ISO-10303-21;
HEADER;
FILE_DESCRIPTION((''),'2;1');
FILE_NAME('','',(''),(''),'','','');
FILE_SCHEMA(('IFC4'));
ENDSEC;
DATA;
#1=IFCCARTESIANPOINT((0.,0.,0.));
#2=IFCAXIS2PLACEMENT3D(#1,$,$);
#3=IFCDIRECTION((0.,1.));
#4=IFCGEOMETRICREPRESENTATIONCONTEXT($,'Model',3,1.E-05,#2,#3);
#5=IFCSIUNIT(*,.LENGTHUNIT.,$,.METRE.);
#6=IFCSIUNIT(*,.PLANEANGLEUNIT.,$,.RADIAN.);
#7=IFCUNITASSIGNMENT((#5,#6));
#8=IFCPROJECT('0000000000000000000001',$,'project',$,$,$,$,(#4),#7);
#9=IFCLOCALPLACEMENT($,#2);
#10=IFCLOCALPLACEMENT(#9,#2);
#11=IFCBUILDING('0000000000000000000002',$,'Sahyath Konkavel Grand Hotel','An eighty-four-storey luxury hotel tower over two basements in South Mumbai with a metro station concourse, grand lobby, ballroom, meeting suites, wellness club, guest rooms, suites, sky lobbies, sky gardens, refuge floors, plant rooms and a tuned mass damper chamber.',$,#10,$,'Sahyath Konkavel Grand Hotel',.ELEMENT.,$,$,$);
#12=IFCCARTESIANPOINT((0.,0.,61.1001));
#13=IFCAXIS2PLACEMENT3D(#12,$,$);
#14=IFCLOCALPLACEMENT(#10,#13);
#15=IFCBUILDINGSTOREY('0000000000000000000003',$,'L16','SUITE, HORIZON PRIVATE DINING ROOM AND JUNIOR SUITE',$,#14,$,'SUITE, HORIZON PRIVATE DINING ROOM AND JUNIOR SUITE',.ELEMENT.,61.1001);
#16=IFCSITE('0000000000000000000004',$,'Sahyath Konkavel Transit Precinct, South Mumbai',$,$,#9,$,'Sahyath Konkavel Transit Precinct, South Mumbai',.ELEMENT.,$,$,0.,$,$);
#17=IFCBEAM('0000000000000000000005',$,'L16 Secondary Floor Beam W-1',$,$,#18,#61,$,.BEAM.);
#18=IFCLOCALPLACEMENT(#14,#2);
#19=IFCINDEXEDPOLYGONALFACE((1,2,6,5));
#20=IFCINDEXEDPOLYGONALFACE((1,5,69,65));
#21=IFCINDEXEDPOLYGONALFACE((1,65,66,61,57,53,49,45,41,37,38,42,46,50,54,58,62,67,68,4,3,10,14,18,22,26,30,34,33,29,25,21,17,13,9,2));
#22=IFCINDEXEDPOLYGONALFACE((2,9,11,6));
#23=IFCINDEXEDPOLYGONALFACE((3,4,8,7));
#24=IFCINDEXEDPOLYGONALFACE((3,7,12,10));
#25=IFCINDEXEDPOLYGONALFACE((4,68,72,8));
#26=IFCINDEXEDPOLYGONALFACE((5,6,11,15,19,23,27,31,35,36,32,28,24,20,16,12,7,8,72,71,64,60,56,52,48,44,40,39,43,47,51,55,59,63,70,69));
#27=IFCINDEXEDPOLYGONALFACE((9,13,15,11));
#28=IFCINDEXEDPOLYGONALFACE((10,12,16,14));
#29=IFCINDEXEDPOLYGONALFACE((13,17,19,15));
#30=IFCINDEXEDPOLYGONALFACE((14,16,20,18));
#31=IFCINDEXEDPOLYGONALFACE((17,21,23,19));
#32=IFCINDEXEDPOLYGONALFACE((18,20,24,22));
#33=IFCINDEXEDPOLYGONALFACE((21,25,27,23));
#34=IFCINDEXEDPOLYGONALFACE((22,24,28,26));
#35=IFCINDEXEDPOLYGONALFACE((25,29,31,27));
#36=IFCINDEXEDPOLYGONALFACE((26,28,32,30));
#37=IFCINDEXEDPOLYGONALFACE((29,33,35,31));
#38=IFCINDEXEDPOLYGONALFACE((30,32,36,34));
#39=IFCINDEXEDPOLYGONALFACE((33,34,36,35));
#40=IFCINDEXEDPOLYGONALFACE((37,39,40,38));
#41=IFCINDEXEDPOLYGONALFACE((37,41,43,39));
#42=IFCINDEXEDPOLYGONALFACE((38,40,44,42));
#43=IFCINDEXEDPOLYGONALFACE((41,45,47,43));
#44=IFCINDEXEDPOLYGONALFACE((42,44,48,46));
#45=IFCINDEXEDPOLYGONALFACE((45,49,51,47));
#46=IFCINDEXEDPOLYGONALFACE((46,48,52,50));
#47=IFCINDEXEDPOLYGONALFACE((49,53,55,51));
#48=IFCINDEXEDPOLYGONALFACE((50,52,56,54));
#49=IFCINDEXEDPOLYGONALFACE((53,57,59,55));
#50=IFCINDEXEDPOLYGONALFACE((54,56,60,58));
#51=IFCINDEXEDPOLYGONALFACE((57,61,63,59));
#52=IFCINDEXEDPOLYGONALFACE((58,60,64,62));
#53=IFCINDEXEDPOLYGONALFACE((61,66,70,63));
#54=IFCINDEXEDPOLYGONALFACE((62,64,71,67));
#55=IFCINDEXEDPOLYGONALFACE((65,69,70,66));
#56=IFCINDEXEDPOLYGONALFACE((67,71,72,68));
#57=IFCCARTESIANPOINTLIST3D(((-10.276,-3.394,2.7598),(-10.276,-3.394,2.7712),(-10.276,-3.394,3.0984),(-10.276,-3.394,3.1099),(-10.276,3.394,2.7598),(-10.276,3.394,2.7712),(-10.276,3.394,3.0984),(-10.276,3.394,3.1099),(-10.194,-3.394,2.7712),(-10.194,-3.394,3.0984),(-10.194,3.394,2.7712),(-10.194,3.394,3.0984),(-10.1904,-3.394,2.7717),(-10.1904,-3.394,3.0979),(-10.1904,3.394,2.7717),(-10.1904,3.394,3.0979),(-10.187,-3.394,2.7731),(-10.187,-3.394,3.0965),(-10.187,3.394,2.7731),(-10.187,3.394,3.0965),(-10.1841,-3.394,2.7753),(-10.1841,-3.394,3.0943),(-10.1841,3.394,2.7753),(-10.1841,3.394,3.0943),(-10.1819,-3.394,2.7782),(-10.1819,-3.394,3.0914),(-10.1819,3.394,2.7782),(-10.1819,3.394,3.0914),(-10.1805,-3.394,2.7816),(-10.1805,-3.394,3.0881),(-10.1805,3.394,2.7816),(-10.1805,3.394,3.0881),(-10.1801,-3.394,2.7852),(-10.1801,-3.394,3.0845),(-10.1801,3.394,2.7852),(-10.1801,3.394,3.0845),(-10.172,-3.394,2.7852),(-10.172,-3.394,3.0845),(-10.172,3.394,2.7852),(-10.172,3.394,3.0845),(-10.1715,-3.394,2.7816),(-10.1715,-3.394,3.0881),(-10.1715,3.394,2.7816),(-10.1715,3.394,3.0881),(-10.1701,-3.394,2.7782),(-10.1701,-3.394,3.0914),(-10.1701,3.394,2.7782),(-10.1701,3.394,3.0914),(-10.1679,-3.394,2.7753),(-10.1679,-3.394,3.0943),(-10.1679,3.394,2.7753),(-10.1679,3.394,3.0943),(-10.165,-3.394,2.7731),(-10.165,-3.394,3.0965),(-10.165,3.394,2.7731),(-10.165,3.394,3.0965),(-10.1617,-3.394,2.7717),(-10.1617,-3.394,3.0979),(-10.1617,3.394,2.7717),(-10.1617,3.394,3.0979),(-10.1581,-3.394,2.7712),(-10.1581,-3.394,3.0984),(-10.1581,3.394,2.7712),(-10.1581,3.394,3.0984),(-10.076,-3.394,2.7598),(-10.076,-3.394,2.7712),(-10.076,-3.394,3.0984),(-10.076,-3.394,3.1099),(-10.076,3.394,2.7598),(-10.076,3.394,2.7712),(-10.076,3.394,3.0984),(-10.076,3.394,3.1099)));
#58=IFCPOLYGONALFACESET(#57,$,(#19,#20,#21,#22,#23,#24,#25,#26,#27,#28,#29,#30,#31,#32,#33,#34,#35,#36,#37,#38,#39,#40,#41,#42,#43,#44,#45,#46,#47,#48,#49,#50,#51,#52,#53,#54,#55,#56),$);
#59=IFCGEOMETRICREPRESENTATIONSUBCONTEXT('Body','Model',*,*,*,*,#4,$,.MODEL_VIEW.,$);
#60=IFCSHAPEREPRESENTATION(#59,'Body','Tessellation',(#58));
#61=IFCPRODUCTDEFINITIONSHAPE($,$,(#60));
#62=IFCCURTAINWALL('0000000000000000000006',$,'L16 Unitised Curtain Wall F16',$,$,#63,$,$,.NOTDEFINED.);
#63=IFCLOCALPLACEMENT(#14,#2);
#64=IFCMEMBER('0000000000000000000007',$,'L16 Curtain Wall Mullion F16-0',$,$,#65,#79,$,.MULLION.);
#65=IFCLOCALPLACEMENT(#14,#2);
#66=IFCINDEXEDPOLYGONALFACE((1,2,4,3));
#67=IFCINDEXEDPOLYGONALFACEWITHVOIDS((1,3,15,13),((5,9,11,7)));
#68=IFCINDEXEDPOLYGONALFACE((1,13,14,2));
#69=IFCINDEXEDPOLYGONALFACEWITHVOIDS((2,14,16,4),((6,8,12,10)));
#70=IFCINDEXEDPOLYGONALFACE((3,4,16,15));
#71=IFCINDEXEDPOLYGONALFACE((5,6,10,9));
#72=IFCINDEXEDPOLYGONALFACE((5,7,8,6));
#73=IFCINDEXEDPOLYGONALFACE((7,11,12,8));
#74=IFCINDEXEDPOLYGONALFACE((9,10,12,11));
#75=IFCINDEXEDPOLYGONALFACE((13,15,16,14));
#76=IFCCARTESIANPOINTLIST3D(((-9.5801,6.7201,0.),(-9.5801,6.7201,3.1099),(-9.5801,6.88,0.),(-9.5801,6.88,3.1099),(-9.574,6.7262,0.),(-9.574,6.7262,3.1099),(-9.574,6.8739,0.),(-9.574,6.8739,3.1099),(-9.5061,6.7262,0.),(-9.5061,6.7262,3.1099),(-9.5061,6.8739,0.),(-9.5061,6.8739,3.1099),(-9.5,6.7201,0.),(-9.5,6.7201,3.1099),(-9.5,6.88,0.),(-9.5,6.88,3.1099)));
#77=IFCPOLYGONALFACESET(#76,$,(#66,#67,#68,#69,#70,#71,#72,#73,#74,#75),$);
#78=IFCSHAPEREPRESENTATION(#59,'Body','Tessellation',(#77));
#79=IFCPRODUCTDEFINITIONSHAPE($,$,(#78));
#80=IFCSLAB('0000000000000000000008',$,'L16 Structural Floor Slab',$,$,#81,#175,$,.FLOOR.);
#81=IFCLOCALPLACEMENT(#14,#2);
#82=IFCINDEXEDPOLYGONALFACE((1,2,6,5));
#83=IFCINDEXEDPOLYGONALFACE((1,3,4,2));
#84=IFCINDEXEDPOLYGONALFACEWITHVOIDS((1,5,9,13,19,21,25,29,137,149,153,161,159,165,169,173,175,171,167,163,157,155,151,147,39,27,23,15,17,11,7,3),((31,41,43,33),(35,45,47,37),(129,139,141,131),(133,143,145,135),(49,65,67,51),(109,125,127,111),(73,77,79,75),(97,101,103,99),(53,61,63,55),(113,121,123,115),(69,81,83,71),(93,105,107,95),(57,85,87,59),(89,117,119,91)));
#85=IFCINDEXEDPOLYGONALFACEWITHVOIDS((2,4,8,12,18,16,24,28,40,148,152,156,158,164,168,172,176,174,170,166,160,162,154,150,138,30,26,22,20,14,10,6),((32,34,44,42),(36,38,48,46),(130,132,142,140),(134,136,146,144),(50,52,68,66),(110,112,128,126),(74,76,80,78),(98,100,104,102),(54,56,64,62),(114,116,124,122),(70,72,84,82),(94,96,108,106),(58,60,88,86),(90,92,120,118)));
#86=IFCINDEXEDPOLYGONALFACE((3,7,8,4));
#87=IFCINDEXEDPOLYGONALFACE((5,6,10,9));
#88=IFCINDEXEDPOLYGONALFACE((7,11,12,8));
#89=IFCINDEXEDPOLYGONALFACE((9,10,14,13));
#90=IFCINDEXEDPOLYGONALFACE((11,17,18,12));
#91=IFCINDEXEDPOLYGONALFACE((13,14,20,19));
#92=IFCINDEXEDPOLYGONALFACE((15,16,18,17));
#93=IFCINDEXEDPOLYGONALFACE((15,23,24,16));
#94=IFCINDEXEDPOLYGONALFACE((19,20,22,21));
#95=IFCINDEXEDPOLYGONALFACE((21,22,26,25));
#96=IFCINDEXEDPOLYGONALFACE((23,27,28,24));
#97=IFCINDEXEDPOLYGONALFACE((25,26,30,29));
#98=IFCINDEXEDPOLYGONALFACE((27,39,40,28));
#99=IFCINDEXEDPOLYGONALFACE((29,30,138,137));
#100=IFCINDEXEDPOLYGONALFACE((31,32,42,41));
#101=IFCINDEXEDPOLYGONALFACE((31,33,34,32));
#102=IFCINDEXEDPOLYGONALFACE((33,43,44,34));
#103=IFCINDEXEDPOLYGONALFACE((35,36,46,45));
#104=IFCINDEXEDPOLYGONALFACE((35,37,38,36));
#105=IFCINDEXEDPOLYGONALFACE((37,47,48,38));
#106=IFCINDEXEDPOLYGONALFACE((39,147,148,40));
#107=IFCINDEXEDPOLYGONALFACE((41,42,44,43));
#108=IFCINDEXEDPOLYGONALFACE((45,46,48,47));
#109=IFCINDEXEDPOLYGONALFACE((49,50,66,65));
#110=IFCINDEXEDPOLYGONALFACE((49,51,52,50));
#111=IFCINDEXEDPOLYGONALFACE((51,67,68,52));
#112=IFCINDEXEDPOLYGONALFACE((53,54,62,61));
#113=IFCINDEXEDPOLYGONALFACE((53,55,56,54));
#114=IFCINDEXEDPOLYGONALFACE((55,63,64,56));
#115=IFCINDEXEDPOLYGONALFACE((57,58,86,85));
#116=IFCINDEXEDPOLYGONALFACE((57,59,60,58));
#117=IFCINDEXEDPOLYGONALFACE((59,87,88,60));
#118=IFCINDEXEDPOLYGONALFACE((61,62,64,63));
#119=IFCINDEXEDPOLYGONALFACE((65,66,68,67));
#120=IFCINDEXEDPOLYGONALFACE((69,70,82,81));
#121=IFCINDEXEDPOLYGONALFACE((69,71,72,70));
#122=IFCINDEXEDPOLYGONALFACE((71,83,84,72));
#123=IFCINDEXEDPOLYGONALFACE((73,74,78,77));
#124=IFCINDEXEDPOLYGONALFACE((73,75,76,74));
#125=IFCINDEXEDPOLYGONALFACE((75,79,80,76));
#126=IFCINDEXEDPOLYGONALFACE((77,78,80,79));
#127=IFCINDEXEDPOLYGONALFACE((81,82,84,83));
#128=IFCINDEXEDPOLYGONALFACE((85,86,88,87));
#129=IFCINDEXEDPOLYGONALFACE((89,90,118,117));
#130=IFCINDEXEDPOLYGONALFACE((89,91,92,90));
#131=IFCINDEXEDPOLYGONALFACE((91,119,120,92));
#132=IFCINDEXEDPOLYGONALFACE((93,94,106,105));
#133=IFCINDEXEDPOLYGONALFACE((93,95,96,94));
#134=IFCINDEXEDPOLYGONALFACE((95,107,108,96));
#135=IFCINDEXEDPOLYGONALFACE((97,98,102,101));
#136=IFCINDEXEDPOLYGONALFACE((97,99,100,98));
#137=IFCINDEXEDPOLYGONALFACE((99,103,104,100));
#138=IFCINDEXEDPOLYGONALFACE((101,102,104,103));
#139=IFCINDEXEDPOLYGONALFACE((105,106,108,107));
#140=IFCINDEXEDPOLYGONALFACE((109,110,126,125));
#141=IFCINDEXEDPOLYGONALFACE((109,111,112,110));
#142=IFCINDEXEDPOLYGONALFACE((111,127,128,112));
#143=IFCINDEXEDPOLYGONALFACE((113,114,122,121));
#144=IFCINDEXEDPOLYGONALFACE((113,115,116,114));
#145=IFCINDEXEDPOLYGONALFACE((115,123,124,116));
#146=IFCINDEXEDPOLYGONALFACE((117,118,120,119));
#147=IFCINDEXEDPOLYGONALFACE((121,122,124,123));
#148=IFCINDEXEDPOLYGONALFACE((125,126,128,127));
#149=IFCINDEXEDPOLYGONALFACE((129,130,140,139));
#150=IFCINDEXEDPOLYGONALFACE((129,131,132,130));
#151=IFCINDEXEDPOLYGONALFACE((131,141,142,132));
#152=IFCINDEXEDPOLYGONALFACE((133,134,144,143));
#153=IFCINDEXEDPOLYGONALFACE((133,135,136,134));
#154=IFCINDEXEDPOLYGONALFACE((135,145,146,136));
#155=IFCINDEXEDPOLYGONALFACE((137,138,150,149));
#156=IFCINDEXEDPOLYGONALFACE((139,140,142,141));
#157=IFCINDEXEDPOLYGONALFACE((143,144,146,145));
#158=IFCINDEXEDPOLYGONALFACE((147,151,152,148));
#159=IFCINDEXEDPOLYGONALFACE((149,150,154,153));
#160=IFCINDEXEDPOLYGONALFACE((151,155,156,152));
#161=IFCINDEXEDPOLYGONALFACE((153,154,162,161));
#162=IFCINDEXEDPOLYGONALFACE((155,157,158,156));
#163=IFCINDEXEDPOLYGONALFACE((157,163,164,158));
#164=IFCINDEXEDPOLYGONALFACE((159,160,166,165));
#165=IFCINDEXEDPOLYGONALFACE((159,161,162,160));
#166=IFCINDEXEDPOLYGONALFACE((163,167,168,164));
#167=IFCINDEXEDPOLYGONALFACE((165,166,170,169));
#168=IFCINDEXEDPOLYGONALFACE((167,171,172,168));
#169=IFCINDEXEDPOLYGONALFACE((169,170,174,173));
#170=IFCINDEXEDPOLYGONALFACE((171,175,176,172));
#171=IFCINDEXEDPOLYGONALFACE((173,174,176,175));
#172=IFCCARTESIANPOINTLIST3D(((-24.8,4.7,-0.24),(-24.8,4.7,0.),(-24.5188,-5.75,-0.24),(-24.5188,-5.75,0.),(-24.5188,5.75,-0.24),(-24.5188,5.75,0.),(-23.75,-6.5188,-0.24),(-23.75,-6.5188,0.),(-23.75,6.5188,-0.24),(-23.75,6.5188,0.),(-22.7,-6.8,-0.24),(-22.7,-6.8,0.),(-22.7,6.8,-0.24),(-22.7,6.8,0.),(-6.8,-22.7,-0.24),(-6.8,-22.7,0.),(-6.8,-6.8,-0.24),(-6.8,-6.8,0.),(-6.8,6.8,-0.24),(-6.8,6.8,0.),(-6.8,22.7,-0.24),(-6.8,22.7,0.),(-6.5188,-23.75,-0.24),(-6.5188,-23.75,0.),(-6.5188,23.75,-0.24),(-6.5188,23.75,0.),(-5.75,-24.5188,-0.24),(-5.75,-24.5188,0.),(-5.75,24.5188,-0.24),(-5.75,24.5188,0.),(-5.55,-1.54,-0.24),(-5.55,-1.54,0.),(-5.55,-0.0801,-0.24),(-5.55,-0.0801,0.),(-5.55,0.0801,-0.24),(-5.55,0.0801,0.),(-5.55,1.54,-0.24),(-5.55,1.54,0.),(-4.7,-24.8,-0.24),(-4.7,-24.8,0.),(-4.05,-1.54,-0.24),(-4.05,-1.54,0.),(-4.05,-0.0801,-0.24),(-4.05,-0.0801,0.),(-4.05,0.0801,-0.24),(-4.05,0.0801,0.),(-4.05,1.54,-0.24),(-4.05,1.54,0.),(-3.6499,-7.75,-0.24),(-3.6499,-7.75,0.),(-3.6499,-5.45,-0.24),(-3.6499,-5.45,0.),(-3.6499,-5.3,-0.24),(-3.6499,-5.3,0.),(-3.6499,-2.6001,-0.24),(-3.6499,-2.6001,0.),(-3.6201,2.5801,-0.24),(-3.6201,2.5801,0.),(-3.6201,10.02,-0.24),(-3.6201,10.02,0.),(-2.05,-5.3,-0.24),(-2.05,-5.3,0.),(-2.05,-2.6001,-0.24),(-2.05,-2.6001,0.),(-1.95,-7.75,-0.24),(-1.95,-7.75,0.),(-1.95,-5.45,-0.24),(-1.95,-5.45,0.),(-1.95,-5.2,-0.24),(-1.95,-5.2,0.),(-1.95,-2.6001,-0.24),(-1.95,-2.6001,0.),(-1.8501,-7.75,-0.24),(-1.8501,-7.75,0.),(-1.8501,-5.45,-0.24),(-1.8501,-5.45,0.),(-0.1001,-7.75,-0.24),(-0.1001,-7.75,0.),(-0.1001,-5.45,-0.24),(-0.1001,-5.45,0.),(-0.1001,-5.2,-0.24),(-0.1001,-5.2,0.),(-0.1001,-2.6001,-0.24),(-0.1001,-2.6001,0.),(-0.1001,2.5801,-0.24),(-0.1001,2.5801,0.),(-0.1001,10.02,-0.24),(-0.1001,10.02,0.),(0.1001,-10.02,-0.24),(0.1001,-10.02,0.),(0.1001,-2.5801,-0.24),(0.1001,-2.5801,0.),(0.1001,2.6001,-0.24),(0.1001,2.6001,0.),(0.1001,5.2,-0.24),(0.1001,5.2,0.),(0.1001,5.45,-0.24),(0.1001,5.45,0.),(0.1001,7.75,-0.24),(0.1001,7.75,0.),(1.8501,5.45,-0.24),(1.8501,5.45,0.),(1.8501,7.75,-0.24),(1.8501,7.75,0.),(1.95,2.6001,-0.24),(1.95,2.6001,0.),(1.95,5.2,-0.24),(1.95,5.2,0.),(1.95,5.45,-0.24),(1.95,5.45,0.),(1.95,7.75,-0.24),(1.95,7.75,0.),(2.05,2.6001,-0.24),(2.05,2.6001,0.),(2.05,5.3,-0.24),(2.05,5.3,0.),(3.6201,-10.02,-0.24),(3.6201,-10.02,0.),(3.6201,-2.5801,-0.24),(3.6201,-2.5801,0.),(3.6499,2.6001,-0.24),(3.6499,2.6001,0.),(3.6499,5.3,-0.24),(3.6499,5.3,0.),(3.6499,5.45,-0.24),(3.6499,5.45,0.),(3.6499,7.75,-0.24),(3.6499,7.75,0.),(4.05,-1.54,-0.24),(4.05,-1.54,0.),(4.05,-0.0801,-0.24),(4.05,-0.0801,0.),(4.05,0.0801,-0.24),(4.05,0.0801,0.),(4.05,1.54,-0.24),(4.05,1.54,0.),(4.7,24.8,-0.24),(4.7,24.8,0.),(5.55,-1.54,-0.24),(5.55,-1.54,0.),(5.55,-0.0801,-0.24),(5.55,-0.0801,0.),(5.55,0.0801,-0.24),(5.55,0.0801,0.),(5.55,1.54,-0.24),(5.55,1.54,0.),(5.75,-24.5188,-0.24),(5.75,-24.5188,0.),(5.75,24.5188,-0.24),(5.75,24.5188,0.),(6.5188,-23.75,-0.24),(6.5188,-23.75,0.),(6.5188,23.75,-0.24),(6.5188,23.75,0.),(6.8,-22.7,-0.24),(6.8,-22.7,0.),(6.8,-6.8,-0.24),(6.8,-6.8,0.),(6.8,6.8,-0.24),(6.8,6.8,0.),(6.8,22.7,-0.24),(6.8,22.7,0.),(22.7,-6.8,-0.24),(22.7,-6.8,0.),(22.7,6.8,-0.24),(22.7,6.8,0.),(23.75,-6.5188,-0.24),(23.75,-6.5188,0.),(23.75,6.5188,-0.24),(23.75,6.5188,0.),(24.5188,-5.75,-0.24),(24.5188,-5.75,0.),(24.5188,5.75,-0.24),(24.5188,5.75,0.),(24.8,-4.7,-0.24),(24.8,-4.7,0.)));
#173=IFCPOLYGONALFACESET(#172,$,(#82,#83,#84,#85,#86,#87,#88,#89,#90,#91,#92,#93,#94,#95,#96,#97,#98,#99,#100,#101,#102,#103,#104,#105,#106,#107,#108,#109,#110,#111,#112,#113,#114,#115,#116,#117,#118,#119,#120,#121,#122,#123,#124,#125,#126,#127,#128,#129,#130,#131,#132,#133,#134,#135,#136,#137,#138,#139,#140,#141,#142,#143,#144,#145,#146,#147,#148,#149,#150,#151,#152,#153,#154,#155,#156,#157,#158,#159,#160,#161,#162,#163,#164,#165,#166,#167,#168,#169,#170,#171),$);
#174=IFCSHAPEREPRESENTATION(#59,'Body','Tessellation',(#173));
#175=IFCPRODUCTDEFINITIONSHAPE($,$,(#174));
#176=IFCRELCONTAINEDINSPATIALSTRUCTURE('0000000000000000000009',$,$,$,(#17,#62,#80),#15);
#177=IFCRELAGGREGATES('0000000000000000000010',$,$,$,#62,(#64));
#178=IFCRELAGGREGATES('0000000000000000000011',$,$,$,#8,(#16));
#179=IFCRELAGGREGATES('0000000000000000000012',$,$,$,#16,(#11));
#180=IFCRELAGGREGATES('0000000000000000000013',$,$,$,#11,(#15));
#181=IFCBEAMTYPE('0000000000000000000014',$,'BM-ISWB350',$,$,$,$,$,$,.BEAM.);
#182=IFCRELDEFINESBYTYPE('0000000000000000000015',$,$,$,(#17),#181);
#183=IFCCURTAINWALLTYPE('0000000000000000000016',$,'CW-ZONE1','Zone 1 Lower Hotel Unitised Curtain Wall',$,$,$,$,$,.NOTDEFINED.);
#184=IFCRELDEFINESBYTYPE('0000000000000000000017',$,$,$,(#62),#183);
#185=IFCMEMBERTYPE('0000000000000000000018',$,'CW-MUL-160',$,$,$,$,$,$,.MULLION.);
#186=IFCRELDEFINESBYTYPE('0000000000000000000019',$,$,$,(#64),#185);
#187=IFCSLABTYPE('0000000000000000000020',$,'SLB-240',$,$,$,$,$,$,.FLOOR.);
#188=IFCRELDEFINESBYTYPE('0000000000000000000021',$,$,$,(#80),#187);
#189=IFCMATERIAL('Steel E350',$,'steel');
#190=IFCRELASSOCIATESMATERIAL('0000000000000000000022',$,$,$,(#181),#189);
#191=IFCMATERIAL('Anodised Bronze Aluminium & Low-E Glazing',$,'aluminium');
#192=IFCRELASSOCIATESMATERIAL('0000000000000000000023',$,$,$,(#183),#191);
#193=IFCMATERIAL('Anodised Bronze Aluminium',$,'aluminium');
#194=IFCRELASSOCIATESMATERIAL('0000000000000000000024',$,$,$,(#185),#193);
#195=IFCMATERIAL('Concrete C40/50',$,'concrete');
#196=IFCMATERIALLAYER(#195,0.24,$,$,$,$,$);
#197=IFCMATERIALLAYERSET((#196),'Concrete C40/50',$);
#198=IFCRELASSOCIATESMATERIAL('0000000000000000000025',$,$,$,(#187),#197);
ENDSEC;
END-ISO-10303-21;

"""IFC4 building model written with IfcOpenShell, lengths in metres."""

from ifc_helpers import new_model, si_unit, direction, frame, origin, origin_2d, place, context, subcontext, project, spatial, polyline, hollow_rectangle, i_section, outline, extrude, source, transform, mapped, material, layer, layer_set, material_profile, profile_set, type_object, element, aggregate, save


model = new_model("IFC4")

# Units and contexts
model_context = context("Model", 3, precision=1e-05, world=origin(), true_north=direction((0.0, 1.0)))
body_context = subcontext(model_context, "Body", "Model", "MODEL_VIEW")
ifc_project = project(units=[si_unit("LENGTHUNIT", "METRE"), si_unit("PLANEANGLEUNIT", "RADIAN")], contexts=[model_context])

# Site, building, storey
site_placement = place(None, origin())
site = spatial("IfcSite", under=ifc_project, at=site_placement, Name="Sahyath Konkavel Transit Precinct, South Mumbai", LongName="Sahyath Konkavel Transit Precinct, South Mumbai", CompositionType="ELEMENT", RefElevation=0.0)
building_placement = place(site_placement, origin())
building = spatial("IfcBuilding", under=site, at=building_placement, Name="Sahyath Konkavel Grand Hotel", Description="An eighty-four-storey luxury hotel tower over two basements in South Mumbai with a metro station concourse, grand lobby, ballroom, meeting suites, wellness club, guest rooms, suites, sky lobbies, sky gardens, refuge floors, plant rooms and a tuned mass damper chamber.", LongName="Sahyath Konkavel Grand Hotel", CompositionType="ELEMENT")
storey_placement = place(building_placement, frame((0.0, 0.0, 61.1001)))
storey = spatial("IfcBuildingStorey", under=building, at=storey_placement, Name="L16", Description="SUITE, HORIZON PRIVATE DINING ROOM AND JUNIOR SUITE", LongName="SUITE, HORIZON PRIVATE DINING ROOM AND JUNIOR SUITE", CompositionType="ELEMENT", Elevation=61.1001)

# Beam
ifc_material_1 = material(Name="Steel E350", Category="steel")
ifc_material_profile_1 = material_profile(ifc_material_1, i_section(OverallWidth=0.2, OverallDepth=0.3501, WebThickness=0.0081, FlangeThickness=0.0115, FilletRadius=0.0139, at=origin_2d()), Name="ISWB 350")
ifc_profile_set_1 = profile_set([ifc_material_profile_1], Name="Steel E350")
beam_type_1 = type_object("IfcBeamType", Name="BM-ISWB350", PredefinedType="BEAM", material=ifc_profile_set_1)
shared_shape_1 = source(origin(), body_context, "Body", "SweptSolid", [
    extrude(i_section(OverallWidth=0.2, OverallDepth=0.3501, WebThickness=0.0081, FlangeThickness=0.0115, FilletRadius=0.0139, at=origin_2d()), origin(), (0.0, 0.0, 1.0), 6.7881),
])
beam_1_placement = place(storey_placement, frame((-10.176, 3.394, 2.9348), z_axis=(0.0, -1.0, 0.0), x_axis=(1.0, 0.0, 0.0)))
element("IfcBeam", 1, at=beam_1_placement, inside=storey, type_object=beam_type_1, Name="L16 Secondary Floor Beam W-1", PredefinedType="BEAM", context=body_context, shape_type="MappedRepresentation", body=[
    mapped(shared_shape_1, transform((0.0, 0.0, 0.0), scale=1.0)),
])

# Curtain wall, member
ifc_material_2 = material(Name="Anodised Bronze Aluminium & Low-E Glazing", Category="aluminium")
curtain_wall_type = type_object("IfcCurtainWallType", Name="CW-ZONE1", Description="Zone 1 Lower Hotel Unitised Curtain Wall", PredefinedType="NOTDEFINED", material=ifc_material_2)
curtain_wall_placement = place(storey_placement, origin())
curtain_wall = element("IfcCurtainWall", 2, at=curtain_wall_placement, inside=storey, type_object=curtain_wall_type, Name="L16 Unitised Curtain Wall F16", PredefinedType="NOTDEFINED")
ifc_material_3 = material(Name="Anodised Bronze Aluminium", Category="aluminium")
ifc_material_profile_2 = material_profile(ifc_material_3, hollow_rectangle(XDim=0.0801, YDim=0.1599, WallThickness=0.0061, at=origin_2d()), Name="RHS 160x80x6")
ifc_profile_set_2 = profile_set([ifc_material_profile_2], Name="Anodised Bronze Aluminium")
member_type = type_object("IfcMemberType", Name="CW-MUL-160", PredefinedType="MULLION", material=ifc_profile_set_2)
shared_shape_2 = source(origin(), body_context, "Body", "SweptSolid", [
    extrude(hollow_rectangle(XDim=0.0801, YDim=0.1599, WallThickness=0.0061, at=origin_2d()), origin(), (0.0, 0.0, 1.0), 3.1099),
])
member_placement = place(storey_placement, frame((-9.54, 6.8, 0.0), z_axis=(0.0, 0.0, 1.0), x_axis=(1.0, 0.0, 0.0)))
member = element("IfcMember", 3, at=member_placement, type_object=member_type, Name="L16 Curtain Wall Mullion F16-0", PredefinedType="MULLION", context=body_context, shape_type="MappedRepresentation", body=[
    mapped(shared_shape_2, transform((0.0, 0.0, 0.0), scale=1.0)),
])

# Slab
ifc_material_4 = material(Name="Concrete C40/50", Category="concrete")
ifc_layer_1 = layer(ifc_material_4, 0.24)
ifc_layer_set_1 = layer_set([ifc_layer_1], Name="Concrete C40/50")
slab_type_1 = type_object("IfcSlabType", Name="SLB-240", PredefinedType="FLOOR", material=ifc_layer_set_1)
slab_1_placement = place(storey_placement, frame((0.0, 0.0, -0.24)))
element("IfcSlab", 4, at=slab_1_placement, inside=storey, type_object=slab_type_1, Name="L16 Structural Floor Slab", PredefinedType="FLOOR", context=body_context, shape_type="SweptSolid", body=[
    extrude(outline(polyline([(6.8, -6.8), (22.7, -6.8), (23.75, -6.5188), (24.5188, -5.75), (24.8, -4.7), (24.5188, 5.75), (23.75, 6.5188), (22.7, 6.8), (6.8, 6.8), (6.8, 22.7), (6.5188, 23.75), (5.75, 24.5188), (4.7, 24.8), (-5.75, 24.5188), (-6.5188, 23.75), (-6.8, 22.7), (-6.8, 6.8), (-22.7, 6.8), (-23.75, 6.5188), (-24.5188, 5.75), (-24.8, 4.7), (-24.5188, -5.75), (-23.75, -6.5188), (-22.7, -6.8), (-6.8, -6.8), (-6.8, -22.7), (-6.5188, -23.75), (-5.75, -24.5188), (-4.7, -24.8), (5.75, -24.5188), (6.5188, -23.75), (6.8, -22.7), (6.8, -6.8)]), holes=[polyline([(-3.6201, 2.5801), (-0.1001, 2.5801), (-0.1001, 10.02), (-3.6201, 10.02), (-3.6201, 2.5801)]), polyline([(0.1001, -10.02), (3.6201, -10.02), (3.6201, -2.5801), (0.1001, -2.5801), (0.1001, -10.02)]), polyline([(0.1001, 2.6001), (1.95, 2.6001), (1.95, 5.2), (0.1001, 5.2), (0.1001, 2.6001)]), polyline([(-1.95, -5.2), (-0.1001, -5.2), (-0.1001, -2.6001), (-1.95, -2.6001), (-1.95, -5.2)]), polyline([(2.05, 2.6001), (3.6499, 2.6001), (3.6499, 5.3), (2.05, 5.3), (2.05, 2.6001)]), polyline([(-3.6499, -5.3), (-2.05, -5.3), (-2.05, -2.6001), (-3.6499, -2.6001), (-3.6499, -5.3)]), polyline([(0.1001, 5.45), (1.8501, 5.45), (1.8501, 7.75), (0.1001, 7.75), (0.1001, 5.45)]), polyline([(1.95, 5.45), (3.6499, 5.45), (3.6499, 7.75), (1.95, 7.75), (1.95, 5.45)]), polyline([(-3.6499, -7.75), (-1.95, -7.75), (-1.95, -5.45), (-3.6499, -5.45), (-3.6499, -7.75)]), polyline([(-1.8501, -7.75), (-0.1001, -7.75), (-0.1001, -5.45), (-1.8501, -5.45), (-1.8501, -7.75)]), polyline([(4.05, 0.0801), (5.55, 0.0801), (5.55, 1.54), (4.05, 1.54), (4.05, 0.0801)]), polyline([(4.05, -1.54), (5.55, -1.54), (5.55, -0.0801), (4.05, -0.0801), (4.05, -1.54)]), polyline([(-5.55, 0.0801), (-4.05, 0.0801), (-4.05, 1.54), (-5.55, 1.54), (-5.55, 0.0801)]), polyline([(-5.55, -1.54), (-4.05, -1.54), (-4.05, -0.0801), (-5.55, -0.0801), (-5.55, -1.54)])]), origin(), (0.0, 0.0, 1.0), 0.24),
])

aggregate(curtain_wall, [member])

save(model, "model.ifc")
